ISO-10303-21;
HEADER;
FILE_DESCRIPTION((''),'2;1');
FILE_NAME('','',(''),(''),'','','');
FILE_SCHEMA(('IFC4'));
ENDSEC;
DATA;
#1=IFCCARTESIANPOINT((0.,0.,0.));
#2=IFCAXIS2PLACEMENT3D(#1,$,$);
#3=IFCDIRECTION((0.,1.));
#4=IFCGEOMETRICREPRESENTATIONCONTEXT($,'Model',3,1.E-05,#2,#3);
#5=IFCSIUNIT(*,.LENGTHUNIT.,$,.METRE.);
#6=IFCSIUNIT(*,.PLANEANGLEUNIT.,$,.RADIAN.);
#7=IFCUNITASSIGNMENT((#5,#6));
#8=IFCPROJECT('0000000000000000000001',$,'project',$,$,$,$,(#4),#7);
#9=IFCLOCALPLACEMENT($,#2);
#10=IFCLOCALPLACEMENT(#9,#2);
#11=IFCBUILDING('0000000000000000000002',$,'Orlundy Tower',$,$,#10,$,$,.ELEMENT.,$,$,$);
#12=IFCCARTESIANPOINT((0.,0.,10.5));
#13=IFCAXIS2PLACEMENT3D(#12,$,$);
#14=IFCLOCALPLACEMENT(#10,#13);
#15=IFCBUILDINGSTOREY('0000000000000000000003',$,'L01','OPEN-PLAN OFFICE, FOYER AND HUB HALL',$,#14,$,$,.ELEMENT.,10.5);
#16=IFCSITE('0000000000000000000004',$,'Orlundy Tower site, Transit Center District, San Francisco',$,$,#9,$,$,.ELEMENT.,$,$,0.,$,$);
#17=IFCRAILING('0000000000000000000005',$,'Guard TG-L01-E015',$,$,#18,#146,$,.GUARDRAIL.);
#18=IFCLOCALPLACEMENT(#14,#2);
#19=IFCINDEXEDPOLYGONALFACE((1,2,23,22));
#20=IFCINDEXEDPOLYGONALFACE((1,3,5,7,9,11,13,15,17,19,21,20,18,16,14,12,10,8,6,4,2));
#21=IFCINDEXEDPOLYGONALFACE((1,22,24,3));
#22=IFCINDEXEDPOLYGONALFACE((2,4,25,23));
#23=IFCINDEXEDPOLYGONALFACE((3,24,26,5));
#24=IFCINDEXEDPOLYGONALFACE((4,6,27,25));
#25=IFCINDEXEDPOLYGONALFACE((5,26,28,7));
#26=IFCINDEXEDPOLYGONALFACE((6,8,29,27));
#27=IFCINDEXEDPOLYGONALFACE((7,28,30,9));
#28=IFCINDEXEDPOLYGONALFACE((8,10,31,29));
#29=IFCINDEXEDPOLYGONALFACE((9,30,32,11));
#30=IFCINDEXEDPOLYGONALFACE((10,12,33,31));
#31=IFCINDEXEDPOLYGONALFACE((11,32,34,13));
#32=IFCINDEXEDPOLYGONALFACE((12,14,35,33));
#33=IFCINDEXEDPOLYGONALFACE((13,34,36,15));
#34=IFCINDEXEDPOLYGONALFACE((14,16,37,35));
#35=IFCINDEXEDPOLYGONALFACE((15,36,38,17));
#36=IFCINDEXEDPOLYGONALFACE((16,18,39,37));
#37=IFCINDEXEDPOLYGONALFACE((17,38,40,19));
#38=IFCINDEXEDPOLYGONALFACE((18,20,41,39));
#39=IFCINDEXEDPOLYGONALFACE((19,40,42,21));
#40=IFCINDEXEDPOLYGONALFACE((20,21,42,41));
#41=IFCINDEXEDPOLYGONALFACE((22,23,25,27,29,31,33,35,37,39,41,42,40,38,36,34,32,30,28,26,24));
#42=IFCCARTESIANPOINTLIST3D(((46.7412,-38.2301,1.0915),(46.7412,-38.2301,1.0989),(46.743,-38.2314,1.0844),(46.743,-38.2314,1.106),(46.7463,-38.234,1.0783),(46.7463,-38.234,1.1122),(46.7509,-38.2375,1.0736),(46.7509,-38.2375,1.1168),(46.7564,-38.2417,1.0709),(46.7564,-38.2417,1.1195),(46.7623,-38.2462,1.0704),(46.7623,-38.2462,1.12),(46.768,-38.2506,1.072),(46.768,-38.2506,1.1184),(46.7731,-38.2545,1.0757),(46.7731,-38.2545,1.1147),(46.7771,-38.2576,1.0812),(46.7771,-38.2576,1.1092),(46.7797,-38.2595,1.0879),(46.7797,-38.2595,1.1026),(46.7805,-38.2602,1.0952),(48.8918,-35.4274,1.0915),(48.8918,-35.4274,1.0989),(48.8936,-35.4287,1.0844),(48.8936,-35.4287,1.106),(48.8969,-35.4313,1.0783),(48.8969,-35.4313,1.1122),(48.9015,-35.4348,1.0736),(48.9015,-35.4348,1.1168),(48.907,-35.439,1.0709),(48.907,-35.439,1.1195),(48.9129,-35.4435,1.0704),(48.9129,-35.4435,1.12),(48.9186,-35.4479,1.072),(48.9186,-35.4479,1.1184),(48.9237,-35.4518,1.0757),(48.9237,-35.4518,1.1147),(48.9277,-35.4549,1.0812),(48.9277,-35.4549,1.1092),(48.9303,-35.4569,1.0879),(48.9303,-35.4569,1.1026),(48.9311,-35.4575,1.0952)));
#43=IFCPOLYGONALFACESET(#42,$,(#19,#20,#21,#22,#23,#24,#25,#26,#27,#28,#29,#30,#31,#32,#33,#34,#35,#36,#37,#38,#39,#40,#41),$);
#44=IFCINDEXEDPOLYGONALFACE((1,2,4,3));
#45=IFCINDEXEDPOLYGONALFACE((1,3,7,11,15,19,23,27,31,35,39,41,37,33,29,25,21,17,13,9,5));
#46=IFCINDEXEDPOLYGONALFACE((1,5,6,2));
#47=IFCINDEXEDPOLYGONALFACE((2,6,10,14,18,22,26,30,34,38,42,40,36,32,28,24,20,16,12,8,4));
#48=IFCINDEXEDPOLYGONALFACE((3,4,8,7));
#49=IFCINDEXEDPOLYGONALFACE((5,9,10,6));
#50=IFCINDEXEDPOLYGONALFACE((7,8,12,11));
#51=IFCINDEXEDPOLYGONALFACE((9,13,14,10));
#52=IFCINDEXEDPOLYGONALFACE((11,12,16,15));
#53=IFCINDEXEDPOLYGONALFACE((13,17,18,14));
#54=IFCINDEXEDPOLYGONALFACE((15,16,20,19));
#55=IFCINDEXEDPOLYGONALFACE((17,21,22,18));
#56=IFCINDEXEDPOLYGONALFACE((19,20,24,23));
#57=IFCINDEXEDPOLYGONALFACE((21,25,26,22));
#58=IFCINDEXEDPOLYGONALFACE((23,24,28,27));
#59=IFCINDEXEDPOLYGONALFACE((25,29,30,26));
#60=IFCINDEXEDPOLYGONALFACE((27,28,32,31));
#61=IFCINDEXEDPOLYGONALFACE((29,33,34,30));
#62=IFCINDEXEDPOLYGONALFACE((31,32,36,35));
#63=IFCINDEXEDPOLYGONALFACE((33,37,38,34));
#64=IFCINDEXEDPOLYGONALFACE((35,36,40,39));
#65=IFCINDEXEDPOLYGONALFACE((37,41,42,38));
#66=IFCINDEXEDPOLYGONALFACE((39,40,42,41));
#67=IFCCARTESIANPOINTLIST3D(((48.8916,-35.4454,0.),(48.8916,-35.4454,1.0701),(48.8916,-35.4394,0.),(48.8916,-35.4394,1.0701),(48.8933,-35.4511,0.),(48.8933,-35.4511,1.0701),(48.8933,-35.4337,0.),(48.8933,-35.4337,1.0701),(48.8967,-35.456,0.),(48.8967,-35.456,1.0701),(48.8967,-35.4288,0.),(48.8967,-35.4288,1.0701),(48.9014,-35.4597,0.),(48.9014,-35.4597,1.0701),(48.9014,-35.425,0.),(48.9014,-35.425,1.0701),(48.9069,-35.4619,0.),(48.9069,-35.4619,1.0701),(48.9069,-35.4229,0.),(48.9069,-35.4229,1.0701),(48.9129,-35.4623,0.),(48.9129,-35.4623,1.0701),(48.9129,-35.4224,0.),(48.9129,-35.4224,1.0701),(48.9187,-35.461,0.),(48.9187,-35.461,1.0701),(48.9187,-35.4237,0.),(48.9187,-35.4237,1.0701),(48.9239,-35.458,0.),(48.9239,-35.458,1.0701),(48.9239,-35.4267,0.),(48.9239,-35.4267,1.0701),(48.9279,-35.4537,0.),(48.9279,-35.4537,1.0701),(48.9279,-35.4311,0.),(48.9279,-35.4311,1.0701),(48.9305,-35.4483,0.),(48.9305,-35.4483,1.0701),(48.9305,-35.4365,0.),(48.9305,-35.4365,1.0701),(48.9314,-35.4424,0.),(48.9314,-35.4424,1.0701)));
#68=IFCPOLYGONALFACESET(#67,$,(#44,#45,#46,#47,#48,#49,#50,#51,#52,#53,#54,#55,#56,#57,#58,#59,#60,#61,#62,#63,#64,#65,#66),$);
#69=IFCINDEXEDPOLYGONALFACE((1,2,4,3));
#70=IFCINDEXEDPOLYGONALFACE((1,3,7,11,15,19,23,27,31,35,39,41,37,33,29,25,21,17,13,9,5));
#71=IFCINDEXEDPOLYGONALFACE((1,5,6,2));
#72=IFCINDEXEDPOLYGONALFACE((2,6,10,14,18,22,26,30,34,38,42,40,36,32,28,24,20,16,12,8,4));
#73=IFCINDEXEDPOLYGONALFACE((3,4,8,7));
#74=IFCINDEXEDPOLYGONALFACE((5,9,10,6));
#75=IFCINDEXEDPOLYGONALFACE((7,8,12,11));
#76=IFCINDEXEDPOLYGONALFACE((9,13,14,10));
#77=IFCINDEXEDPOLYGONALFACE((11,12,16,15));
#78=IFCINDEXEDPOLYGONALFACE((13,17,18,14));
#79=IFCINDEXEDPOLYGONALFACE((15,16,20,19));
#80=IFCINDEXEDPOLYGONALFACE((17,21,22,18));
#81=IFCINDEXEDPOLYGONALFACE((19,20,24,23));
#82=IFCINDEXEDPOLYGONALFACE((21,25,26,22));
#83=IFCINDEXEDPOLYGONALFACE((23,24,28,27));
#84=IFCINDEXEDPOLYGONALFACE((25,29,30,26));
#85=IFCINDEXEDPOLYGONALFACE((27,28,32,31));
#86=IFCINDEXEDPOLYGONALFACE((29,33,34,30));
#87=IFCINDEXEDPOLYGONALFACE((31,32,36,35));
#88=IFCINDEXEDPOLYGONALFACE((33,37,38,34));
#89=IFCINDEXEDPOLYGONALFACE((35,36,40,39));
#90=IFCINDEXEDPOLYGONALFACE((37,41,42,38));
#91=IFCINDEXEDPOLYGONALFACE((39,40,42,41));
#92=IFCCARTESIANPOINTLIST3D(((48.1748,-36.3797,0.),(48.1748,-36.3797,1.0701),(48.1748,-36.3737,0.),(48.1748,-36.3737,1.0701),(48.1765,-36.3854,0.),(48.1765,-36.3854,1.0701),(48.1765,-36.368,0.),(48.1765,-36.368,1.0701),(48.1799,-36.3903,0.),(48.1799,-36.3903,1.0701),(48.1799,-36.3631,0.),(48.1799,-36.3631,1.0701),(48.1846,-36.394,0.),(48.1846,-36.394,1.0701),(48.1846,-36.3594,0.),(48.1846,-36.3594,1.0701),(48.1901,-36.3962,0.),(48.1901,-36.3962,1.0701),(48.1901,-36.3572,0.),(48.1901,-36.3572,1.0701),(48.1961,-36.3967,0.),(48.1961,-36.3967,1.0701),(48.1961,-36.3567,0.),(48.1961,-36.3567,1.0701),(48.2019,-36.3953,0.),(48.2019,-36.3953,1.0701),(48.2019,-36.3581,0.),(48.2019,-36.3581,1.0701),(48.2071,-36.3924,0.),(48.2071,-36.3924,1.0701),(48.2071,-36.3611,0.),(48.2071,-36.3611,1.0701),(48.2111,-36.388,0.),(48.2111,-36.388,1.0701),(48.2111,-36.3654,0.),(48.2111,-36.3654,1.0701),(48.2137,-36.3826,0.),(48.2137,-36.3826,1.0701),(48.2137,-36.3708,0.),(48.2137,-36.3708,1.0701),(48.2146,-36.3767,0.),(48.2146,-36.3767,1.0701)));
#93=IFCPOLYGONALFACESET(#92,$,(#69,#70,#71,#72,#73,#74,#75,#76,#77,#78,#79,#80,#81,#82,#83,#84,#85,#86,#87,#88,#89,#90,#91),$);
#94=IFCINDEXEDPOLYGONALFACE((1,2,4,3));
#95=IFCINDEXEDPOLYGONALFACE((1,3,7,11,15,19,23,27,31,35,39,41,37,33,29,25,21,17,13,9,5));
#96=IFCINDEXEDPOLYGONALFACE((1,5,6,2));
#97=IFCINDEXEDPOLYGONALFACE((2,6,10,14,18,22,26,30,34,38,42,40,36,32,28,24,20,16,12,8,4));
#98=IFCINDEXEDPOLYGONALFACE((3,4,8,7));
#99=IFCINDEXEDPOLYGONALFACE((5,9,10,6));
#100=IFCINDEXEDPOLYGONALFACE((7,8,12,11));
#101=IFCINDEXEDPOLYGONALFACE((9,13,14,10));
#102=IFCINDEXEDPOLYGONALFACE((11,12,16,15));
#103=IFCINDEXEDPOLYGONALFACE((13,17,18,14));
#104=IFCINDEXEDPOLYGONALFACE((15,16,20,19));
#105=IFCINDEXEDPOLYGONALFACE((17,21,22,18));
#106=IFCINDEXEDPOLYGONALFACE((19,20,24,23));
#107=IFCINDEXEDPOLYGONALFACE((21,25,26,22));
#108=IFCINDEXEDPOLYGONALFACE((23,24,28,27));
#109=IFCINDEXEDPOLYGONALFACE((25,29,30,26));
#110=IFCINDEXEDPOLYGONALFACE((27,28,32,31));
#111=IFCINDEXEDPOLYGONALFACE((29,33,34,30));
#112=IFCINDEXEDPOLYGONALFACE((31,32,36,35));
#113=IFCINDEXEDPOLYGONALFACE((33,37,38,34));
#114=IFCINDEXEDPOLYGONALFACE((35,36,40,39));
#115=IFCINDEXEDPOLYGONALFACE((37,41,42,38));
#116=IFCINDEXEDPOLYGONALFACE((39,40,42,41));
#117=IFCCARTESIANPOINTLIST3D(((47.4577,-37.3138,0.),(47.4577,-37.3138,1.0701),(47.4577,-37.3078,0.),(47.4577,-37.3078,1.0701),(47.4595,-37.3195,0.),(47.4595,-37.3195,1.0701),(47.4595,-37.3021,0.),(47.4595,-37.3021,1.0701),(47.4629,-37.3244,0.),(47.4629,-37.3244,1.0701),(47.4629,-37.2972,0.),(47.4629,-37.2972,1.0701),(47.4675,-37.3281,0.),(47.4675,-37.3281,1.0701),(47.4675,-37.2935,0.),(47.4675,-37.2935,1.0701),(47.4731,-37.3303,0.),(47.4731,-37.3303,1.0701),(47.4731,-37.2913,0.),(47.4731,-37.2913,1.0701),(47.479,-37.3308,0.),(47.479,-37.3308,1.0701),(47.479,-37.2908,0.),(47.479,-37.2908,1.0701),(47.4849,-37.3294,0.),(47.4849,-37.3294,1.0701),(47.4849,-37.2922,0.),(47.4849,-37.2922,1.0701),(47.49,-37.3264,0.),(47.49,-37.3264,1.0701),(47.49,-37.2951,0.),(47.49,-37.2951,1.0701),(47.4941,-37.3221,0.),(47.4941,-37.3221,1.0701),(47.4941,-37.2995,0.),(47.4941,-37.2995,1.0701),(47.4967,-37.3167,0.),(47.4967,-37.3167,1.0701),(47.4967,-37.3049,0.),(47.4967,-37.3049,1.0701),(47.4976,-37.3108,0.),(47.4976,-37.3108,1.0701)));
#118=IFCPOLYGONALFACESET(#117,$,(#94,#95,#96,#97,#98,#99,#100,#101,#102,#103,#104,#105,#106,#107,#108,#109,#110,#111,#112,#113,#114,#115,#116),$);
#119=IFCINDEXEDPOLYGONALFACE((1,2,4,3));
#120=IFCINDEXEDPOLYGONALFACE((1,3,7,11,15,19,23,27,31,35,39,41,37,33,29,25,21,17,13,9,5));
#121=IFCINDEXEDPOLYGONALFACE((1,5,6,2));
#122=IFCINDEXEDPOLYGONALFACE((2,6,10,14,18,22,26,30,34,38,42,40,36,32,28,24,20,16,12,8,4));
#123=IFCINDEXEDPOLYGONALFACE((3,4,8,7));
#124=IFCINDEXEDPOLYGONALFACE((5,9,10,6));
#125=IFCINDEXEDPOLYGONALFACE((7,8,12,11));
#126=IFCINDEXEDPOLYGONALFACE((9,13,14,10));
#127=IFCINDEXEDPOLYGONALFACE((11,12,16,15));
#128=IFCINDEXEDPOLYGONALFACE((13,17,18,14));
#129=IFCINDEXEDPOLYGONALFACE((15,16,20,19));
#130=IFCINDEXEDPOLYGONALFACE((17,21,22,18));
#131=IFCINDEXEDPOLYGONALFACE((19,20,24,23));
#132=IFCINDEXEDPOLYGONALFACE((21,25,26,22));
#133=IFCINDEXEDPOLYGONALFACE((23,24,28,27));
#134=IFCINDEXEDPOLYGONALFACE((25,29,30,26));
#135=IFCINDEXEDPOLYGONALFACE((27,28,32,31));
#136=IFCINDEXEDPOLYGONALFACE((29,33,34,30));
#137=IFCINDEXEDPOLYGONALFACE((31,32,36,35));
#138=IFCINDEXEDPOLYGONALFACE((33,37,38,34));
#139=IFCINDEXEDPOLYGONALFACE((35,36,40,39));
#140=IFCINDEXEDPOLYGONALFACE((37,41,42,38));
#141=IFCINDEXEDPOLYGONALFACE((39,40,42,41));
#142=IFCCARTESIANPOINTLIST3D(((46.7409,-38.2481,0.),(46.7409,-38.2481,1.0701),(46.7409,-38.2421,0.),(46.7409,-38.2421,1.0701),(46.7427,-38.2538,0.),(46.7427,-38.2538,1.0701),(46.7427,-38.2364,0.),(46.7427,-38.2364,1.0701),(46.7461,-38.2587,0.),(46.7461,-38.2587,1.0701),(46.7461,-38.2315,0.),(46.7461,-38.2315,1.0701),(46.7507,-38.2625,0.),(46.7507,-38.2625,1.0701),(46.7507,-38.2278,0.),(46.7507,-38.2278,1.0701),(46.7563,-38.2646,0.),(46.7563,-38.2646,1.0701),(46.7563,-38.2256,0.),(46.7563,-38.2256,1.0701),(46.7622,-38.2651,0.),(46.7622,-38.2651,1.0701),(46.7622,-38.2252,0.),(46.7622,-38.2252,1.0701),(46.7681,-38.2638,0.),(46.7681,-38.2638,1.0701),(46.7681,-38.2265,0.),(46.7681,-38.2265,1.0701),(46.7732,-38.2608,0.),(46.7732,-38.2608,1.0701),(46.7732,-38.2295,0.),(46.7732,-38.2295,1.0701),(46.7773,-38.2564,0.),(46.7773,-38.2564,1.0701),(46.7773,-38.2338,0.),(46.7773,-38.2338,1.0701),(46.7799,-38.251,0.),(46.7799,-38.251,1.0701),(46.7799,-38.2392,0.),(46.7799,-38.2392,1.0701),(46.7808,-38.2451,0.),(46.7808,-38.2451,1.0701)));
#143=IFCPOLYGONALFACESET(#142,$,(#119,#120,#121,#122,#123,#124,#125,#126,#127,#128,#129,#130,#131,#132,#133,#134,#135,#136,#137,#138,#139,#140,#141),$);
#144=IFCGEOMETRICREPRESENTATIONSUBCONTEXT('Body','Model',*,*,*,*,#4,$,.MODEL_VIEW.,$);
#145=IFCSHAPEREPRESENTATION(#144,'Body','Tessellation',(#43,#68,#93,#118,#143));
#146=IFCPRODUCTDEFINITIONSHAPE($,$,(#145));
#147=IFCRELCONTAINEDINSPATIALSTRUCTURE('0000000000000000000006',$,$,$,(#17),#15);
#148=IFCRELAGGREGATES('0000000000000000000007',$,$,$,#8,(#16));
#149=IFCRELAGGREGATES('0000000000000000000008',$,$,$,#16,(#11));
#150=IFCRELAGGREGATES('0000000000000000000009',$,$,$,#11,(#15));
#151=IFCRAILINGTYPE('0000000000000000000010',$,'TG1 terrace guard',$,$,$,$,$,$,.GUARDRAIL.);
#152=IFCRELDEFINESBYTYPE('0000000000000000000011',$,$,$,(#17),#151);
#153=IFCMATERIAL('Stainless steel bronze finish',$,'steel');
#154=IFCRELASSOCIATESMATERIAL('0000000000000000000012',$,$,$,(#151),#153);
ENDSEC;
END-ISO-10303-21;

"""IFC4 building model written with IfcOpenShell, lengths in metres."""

from ifc_helpers import new_model, si_unit, direction, frame, origin, origin_2d, place, context, subcontext, project, spatial, circle, extrude, material, type_object, element, save


model = new_model("IFC4")

# Units and contexts
model_context = context("Model", 3, precision=1e-05, world=origin(), true_north=direction((0.0, 1.0)))
body_context = subcontext(model_context, "Body", "Model", "MODEL_VIEW")
ifc_project = project(units=[si_unit("LENGTHUNIT", "METRE"), si_unit("PLANEANGLEUNIT", "RADIAN")], contexts=[model_context])

# Site, building, storey
site_placement = place(None, origin())
site = spatial("IfcSite", under=ifc_project, at=site_placement, Name="Orlundy Tower site, Transit Center District, San Francisco", CompositionType="ELEMENT", RefElevation=0.0)
building_placement = place(site_placement, origin())
building = spatial("IfcBuilding", under=site, at=building_placement, Name="Orlundy Tower", CompositionType="ELEMENT")
storey_placement = place(building_placement, frame((0.0, 0.0, 10.5)))
storey = spatial("IfcBuildingStorey", under=building, at=storey_placement, Name="L01", Description="OPEN-PLAN OFFICE, FOYER AND HUB HALL", CompositionType="ELEMENT", Elevation=10.5)

# Railing
ifc_material_1 = material(Name="Stainless steel bronze finish", Category="steel")
railing_type = type_object("IfcRailingType", Name="TG1 terrace guard", PredefinedType="GUARDRAIL", material=ifc_material_1)
railing_1_placement = place(storey_placement, frame((48.9114, -35.4424, 0.0)))
element("IfcRailing", 1, at=railing_1_placement, inside=storey, type_object=railing_type, Name="Guard TG-L01-E015", PredefinedType="GUARDRAIL", context=body_context, shape_type="SweptSolid", body=[
    extrude(circle(Radius=0.0249, at=origin_2d()), frame((0.0, 0.0, 1.0952), z_axis=(-0.608765, -0.79335, 0.0), x_axis=(0.79335, -0.608765, 0.0)), (0.0, 0.0, 1.0), 3.5327),
    extrude(circle(Radius=0.02, at=origin_2d()), origin(), (0.0, 0.0, 1.0), 1.0701),
    extrude(circle(Radius=0.02, at=origin_2d()), frame((-0.7168, -0.9343, 0.0)), (0.0, 0.0, 1.0), 1.0701),
    extrude(circle(Radius=0.02, at=origin_2d()), frame((-1.4338, -1.8684, 0.0)), (0.0, 0.0, 1.0), 1.0701),
    extrude(circle(Radius=0.02, at=origin_2d()), frame((-2.1506, -2.8027, 0.0)), (0.0, 0.0, 1.0), 1.0701),
])

save(model, "model.ifc")
